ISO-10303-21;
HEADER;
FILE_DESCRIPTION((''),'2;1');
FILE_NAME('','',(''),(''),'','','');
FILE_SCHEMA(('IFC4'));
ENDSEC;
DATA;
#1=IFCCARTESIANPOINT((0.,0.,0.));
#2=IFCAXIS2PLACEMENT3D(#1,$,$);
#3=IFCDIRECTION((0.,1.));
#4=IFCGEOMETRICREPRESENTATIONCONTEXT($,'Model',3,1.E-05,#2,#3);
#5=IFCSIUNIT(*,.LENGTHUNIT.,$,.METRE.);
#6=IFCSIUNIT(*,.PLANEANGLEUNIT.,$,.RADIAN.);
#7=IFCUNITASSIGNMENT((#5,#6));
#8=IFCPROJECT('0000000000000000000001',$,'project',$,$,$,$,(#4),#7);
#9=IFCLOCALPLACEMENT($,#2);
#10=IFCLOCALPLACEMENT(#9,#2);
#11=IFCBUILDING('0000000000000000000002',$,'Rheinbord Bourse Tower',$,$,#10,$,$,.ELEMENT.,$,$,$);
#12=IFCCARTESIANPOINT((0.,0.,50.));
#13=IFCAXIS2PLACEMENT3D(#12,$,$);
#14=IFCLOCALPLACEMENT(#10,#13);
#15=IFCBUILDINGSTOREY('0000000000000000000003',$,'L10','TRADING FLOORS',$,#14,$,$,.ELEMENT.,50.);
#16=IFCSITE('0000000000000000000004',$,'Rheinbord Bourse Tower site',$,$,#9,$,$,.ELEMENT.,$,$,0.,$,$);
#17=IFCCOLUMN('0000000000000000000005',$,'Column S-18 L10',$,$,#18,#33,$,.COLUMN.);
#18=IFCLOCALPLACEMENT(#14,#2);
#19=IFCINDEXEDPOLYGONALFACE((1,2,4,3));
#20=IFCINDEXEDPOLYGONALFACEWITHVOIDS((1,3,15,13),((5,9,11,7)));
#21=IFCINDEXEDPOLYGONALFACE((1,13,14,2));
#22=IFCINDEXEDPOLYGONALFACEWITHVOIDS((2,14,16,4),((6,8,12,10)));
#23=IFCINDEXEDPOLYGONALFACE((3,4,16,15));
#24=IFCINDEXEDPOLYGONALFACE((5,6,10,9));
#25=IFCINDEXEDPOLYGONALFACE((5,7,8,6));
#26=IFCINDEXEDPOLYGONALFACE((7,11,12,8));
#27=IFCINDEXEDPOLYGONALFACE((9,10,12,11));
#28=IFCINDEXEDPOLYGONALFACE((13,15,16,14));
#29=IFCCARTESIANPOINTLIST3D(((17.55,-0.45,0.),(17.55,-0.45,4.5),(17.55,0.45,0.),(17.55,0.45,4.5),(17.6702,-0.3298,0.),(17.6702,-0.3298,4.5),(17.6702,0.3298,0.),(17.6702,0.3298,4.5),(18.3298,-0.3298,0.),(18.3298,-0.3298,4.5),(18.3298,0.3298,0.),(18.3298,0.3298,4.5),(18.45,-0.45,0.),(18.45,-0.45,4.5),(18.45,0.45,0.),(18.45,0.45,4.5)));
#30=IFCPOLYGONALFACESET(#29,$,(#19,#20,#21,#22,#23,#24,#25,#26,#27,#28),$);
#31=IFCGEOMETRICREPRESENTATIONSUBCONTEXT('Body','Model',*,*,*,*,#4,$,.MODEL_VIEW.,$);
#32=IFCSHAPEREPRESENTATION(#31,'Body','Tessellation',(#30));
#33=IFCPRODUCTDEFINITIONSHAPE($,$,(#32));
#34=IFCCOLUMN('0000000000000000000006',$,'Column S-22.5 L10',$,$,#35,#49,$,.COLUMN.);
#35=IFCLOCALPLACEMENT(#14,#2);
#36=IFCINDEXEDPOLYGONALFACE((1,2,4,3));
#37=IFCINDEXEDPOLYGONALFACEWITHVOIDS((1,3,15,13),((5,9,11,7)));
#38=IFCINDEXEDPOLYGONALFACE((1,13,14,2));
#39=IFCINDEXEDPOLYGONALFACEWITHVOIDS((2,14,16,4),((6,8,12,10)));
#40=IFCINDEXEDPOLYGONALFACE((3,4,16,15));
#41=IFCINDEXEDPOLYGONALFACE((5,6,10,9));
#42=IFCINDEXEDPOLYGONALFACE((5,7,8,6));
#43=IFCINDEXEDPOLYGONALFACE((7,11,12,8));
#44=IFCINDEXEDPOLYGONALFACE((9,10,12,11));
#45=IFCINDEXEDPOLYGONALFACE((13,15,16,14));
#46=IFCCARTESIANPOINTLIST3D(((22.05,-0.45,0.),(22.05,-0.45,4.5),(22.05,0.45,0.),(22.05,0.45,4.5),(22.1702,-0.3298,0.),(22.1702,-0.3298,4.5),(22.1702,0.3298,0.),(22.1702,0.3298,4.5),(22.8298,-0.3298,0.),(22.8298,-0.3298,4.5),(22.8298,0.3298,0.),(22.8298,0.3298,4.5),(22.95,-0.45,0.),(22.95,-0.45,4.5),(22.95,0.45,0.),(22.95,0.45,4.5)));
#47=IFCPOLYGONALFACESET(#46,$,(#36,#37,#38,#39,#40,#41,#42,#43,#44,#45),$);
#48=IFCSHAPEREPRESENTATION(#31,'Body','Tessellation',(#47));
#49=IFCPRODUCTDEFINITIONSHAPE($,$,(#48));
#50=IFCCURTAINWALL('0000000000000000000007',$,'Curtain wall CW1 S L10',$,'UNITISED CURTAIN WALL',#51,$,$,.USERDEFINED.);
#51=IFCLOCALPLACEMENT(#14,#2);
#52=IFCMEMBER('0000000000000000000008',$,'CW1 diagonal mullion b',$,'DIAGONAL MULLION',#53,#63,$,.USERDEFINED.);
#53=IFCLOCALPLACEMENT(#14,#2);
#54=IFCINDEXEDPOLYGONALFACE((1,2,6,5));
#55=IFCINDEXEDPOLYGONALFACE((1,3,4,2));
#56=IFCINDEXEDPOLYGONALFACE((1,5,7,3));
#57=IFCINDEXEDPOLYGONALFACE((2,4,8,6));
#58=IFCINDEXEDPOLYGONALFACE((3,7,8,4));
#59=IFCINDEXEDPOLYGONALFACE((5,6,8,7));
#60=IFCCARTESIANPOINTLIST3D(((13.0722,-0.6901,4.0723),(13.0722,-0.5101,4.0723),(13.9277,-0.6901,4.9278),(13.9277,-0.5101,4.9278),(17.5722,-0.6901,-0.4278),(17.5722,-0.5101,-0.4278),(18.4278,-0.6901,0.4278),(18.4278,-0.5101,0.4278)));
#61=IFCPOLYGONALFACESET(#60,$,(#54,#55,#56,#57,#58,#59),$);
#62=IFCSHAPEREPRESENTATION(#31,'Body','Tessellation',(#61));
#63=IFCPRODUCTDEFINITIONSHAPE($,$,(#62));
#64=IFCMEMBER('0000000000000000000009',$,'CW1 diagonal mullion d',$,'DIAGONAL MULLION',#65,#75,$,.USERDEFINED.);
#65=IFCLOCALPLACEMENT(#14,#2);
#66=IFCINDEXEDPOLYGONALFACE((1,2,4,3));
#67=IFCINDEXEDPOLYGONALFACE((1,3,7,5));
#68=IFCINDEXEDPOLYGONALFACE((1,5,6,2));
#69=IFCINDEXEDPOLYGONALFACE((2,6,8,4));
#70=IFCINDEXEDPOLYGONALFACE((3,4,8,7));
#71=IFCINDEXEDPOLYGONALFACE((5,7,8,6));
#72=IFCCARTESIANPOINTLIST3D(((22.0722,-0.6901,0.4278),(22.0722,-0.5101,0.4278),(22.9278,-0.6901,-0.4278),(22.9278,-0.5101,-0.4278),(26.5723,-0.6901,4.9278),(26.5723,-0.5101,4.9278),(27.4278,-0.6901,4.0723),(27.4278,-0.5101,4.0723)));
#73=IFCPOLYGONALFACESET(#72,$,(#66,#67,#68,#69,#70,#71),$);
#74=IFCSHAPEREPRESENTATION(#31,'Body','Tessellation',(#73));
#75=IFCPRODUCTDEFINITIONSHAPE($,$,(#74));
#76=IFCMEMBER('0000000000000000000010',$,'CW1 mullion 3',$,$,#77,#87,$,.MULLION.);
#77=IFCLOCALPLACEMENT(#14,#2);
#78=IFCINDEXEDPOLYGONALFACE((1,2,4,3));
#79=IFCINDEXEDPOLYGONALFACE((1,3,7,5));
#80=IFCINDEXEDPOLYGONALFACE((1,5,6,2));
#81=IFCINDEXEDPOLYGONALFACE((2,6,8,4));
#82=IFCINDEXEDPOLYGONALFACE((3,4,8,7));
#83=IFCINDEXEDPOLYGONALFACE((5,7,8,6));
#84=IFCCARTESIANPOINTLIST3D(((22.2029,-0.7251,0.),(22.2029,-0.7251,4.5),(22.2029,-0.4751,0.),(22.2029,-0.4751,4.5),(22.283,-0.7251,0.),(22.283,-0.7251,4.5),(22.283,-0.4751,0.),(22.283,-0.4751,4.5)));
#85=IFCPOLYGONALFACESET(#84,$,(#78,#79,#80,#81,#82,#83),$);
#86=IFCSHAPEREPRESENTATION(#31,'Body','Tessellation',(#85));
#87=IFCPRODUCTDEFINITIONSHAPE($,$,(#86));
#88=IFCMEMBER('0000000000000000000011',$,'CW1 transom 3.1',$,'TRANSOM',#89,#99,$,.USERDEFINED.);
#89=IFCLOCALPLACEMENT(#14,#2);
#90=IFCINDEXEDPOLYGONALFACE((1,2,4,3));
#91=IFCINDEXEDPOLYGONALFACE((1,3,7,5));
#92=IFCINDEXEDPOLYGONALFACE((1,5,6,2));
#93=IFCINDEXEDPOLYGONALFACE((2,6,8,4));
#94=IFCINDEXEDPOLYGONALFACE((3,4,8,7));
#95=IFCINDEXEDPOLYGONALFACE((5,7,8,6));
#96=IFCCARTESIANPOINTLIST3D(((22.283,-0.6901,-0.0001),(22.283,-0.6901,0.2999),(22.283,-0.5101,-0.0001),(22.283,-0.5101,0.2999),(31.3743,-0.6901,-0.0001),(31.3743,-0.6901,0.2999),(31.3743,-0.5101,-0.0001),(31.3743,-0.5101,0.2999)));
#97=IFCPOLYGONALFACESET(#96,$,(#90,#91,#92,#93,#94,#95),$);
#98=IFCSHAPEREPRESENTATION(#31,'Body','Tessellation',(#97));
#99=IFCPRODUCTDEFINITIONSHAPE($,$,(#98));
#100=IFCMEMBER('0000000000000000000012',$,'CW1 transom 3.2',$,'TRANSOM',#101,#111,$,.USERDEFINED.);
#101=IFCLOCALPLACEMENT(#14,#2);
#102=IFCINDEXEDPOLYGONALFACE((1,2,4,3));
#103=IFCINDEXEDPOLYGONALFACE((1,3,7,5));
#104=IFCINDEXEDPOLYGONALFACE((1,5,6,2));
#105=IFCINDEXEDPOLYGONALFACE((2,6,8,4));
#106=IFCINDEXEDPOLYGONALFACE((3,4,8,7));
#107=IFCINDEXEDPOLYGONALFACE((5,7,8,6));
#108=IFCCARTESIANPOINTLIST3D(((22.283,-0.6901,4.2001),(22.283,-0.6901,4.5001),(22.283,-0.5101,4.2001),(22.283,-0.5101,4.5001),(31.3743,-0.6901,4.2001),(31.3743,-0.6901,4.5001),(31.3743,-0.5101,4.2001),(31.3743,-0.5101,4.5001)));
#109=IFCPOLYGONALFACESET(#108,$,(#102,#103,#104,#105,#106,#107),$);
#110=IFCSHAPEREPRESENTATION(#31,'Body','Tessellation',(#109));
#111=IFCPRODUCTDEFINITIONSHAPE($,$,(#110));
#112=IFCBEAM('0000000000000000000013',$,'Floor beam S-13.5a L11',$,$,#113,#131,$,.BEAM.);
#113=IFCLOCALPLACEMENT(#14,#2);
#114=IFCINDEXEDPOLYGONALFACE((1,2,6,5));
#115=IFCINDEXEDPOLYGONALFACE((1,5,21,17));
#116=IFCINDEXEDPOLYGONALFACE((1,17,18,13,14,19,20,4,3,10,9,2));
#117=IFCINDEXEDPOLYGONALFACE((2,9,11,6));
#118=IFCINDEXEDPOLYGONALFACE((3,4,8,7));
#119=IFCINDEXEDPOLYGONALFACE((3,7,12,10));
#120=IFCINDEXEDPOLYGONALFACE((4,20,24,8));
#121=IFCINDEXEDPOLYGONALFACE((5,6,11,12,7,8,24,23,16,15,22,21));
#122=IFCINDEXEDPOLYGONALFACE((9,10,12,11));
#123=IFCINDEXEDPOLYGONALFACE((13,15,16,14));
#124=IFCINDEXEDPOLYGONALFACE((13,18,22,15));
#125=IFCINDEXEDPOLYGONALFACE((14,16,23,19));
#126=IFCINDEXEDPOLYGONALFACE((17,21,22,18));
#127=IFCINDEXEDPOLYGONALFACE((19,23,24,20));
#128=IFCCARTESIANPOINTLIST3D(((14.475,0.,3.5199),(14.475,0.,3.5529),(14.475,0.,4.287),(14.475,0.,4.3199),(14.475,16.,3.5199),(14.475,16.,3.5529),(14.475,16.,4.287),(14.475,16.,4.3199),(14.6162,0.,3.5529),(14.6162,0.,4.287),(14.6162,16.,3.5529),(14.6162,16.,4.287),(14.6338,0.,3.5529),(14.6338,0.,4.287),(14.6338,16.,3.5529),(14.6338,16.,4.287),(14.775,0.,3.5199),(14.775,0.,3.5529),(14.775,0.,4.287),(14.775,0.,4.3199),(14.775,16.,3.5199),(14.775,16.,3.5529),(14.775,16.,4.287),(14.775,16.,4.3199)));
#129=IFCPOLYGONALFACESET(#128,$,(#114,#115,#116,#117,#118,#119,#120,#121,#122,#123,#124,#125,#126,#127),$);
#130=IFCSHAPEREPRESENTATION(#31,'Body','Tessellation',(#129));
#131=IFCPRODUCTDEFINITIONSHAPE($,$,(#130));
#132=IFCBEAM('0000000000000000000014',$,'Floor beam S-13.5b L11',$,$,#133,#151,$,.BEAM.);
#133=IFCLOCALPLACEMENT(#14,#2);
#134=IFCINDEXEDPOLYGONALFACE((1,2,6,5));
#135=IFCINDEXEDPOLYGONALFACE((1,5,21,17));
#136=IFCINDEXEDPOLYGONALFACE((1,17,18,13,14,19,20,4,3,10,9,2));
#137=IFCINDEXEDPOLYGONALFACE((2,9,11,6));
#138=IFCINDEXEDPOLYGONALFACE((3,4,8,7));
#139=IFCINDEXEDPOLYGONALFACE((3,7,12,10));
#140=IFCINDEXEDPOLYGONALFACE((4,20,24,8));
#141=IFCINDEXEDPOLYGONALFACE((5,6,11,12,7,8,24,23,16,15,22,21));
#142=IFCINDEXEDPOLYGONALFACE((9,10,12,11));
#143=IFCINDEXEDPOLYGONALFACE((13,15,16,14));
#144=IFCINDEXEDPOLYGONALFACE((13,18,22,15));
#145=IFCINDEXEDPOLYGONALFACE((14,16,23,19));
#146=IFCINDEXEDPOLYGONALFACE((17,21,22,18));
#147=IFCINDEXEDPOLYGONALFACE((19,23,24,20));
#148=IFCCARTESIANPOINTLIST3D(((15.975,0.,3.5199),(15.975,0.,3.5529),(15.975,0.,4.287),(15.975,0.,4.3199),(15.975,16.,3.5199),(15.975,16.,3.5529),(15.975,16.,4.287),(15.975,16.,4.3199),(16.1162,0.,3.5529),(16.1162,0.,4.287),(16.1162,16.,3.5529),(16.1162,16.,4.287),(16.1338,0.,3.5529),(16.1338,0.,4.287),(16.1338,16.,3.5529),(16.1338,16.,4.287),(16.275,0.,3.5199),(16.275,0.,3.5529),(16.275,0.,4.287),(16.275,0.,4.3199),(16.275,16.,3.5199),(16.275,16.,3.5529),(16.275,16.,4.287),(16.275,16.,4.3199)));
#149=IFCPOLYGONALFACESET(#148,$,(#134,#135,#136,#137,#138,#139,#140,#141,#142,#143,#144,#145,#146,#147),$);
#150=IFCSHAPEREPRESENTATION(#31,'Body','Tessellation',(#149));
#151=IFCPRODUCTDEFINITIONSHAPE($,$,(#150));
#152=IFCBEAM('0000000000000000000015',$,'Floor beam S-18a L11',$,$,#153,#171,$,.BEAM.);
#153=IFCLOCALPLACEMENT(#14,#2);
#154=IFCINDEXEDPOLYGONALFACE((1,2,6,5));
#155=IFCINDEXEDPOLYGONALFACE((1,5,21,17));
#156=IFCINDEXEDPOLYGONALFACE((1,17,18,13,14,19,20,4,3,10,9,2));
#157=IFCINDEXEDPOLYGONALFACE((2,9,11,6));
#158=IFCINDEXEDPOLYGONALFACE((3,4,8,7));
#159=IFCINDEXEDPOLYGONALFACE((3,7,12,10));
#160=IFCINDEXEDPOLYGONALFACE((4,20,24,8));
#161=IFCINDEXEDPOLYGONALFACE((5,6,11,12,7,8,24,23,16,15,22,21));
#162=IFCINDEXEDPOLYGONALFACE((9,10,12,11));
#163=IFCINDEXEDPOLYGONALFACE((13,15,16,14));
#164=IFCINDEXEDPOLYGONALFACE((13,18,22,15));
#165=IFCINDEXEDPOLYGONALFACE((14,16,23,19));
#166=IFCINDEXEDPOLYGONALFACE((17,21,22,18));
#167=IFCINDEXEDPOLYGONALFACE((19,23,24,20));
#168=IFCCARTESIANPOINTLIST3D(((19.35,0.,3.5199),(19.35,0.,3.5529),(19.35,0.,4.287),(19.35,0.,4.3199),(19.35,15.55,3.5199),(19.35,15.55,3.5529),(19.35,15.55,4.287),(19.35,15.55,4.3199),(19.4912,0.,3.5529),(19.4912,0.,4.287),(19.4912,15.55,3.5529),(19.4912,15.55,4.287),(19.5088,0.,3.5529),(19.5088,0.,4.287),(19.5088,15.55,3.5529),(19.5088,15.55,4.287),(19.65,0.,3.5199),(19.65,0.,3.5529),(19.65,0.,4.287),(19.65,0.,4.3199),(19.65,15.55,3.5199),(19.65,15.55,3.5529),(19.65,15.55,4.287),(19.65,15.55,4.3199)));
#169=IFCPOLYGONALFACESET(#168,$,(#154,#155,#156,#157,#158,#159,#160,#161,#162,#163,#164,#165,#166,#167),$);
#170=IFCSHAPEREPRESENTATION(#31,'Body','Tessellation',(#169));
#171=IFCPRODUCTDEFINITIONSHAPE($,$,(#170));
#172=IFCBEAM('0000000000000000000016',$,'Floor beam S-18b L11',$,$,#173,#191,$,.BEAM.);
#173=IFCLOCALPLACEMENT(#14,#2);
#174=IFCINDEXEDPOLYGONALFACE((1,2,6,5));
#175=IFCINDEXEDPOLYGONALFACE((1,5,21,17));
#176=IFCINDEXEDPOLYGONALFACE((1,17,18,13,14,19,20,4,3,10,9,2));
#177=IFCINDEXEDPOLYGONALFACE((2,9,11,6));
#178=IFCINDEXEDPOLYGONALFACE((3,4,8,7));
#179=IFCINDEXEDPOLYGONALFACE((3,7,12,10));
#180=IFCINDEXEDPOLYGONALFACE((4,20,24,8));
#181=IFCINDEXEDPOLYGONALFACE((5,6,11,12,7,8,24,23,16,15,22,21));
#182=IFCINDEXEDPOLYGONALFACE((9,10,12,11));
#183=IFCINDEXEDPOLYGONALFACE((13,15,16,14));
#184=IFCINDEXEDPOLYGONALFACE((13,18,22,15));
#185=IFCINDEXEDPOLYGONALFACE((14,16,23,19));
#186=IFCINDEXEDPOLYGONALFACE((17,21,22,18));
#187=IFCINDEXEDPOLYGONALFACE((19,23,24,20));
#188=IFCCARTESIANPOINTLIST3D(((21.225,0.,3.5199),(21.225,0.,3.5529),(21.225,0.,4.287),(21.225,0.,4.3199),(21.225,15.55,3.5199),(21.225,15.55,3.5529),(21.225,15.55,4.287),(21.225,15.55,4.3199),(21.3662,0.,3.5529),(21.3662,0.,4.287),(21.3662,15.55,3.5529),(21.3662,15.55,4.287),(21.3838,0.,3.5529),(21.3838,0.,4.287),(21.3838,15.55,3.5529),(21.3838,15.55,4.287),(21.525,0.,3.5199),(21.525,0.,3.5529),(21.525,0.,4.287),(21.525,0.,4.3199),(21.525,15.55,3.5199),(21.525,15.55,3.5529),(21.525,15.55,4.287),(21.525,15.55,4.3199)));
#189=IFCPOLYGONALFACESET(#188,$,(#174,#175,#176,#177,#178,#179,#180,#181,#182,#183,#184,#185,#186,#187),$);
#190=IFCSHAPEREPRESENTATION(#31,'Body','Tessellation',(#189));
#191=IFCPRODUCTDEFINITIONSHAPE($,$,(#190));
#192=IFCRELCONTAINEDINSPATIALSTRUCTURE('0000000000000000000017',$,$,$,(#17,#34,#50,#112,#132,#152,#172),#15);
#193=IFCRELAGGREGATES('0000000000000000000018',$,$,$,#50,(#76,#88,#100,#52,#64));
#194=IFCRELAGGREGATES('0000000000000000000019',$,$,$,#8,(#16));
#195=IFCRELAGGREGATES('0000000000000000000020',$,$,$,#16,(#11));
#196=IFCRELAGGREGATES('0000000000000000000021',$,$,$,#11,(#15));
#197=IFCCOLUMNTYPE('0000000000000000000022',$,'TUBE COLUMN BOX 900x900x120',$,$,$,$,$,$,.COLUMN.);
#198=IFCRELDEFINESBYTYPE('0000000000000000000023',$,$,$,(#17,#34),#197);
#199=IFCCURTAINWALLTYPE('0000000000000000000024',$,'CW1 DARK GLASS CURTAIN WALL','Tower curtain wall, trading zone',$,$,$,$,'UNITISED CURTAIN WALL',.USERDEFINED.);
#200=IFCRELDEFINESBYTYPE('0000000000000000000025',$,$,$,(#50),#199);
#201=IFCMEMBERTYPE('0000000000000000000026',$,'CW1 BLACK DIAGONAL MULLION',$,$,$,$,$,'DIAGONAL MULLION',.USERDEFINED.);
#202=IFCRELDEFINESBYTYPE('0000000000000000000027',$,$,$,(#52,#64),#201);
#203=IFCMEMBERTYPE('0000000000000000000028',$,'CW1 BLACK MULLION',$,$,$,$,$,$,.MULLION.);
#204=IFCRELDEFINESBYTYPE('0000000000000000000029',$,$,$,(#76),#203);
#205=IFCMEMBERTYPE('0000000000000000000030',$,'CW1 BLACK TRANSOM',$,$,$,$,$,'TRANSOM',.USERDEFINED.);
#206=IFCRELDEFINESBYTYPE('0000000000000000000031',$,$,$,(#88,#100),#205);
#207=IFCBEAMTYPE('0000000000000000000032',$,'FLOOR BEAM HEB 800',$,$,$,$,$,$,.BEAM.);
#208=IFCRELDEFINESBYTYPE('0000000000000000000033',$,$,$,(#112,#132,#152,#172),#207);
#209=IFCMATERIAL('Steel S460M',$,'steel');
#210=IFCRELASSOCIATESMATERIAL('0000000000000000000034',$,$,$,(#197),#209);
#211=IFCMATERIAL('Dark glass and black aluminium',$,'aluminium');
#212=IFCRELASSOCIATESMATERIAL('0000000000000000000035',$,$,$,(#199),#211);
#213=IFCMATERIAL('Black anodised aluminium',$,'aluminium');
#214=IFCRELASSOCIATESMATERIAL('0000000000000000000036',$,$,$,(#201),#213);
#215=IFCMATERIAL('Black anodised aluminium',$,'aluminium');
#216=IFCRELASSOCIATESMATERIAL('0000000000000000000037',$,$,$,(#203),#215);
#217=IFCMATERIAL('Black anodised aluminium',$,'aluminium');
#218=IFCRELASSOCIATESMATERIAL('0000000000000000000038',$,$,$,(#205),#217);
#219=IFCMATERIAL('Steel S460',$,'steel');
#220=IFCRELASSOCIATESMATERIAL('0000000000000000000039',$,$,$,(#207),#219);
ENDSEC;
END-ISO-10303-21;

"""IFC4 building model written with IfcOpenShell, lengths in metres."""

from ifc_helpers import new_model, si_unit, direction, frame, origin, origin_2d, place, context, subcontext, project, spatial, rectangle, hollow_rectangle, i_section, extrude, material, material_profile, profile_set, type_object, element, aggregate, save


model = new_model("IFC4")

# Units and contexts
model_context = context("Model", 3, precision=1e-05, world=origin(), true_north=direction((0.0, 1.0)))
body_context = subcontext(model_context, "Body", "Model", "MODEL_VIEW")
ifc_project = project(units=[si_unit("LENGTHUNIT", "METRE"), si_unit("PLANEANGLEUNIT", "RADIAN")], contexts=[model_context])

# Site, building, storey
site_placement = place(None, origin())
site = spatial("IfcSite", under=ifc_project, at=site_placement, Name="Rheinbord Bourse Tower site", CompositionType="ELEMENT", RefElevation=0.0)
building_placement = place(site_placement, origin())
building = spatial("IfcBuilding", under=site, at=building_placement, Name="Rheinbord Bourse Tower", CompositionType="ELEMENT")
storey_placement = place(building_placement, frame((0.0, 0.0, 50.0)))
storey = spatial("IfcBuildingStorey", under=building, at=storey_placement, Name="L10", Description="TRADING FLOORS", CompositionType="ELEMENT", Elevation=50.0)

# Columns
ifc_material_1 = material(Name="Steel S460M", Category="steel")
ifc_material_profile_1 = material_profile(ifc_material_1, hollow_rectangle(XDim=0.8999, YDim=0.8999, WallThickness=0.1201, at=origin_2d()), Name="BOX 900x900x120")
ifc_profile_set_1 = profile_set([ifc_material_profile_1], Name="Steel S460M")
column_type = type_object("IfcColumnType", Name="TUBE COLUMN BOX 900x900x120", PredefinedType="COLUMN", material=ifc_profile_set_1)
for number, where, z_axis, x_axis, name in (
    (1, (18.0, 0.0, 0.0), (0.0, 0.0, 1.0), (0.0, 1.0, 0.0), "Column S-18 L10"),
    (2, (22.5, 0.0, 0.0), (0.0, 0.0, 1.0), (0.0, 1.0, 0.0), "Column S-22.5 L10"),
):
    element("IfcColumn", number, at=place(storey_placement, frame(where, z_axis=z_axis, x_axis=x_axis)), inside=storey, type_object=column_type, Name=name, PredefinedType="COLUMN", context=body_context, shape_type="SweptSolid", body=[
        extrude(hollow_rectangle(XDim=0.8999, YDim=0.8999, WallThickness=0.1201, at=origin_2d()), origin(), (0.0, 0.0, 1.0), 4.5),
    ])

# Curtain wall, members
ifc_material_2 = material(Name="Dark glass and black aluminium", Category="aluminium")
curtain_wall_type = type_object("IfcCurtainWallType", Name="CW1 DARK GLASS CURTAIN WALL", Description="Tower curtain wall, trading zone", ElementType="UNITISED CURTAIN WALL", PredefinedType="USERDEFINED", material=ifc_material_2)
curtain_wall_placement = place(storey_placement, origin())
curtain_wall = element("IfcCurtainWall", 3, at=curtain_wall_placement, inside=storey, type_object=curtain_wall_type, Name="Curtain wall CW1 S L10", ObjectType="UNITISED CURTAIN WALL", PredefinedType="USERDEFINED")
ifc_material_3 = material(Name="Black anodised aluminium", Category="aluminium")
ifc_material_profile_2 = material_profile(ifc_material_3, rectangle(XDim=0.1799, YDim=1.21, at=origin_2d()), Name="CW1 DIAGONAL MULLION 1210x180")
ifc_profile_set_2 = profile_set([ifc_material_profile_2], Name="Black anodised aluminium")
member_type_1 = type_object("IfcMemberType", Name="CW1 BLACK DIAGONAL MULLION", ElementType="DIAGONAL MULLION", PredefinedType="USERDEFINED", material=ifc_profile_set_2)
member_1_placement = place(storey_placement, frame((18.0, -0.6001, 0.0), z_axis=(-0.707107, 0.0, 0.707107), x_axis=(0.0, -1.0, 0.0)))
member_1 = element("IfcMember", 4, at=member_1_placement, type_object=member_type_1, Name="CW1 diagonal mullion b", ObjectType="DIAGONAL MULLION", PredefinedType="USERDEFINED", context=body_context, shape_type="SweptSolid", body=[
    extrude(rectangle(XDim=0.1799, YDim=1.21, at=origin_2d()), origin(), (0.0, 0.0, 1.0), 6.364),
])
member_2_placement = place(storey_placement, frame((22.5, -0.6001, 0.0), z_axis=(0.707107, 0.0, 0.707107), x_axis=(0.0, 1.0, 0.0)))
member_2 = element("IfcMember", 5, at=member_2_placement, type_object=member_type_1, Name="CW1 diagonal mullion d", ObjectType="DIAGONAL MULLION", PredefinedType="USERDEFINED", context=body_context, shape_type="SweptSolid", body=[
    extrude(rectangle(XDim=0.1799, YDim=1.21, at=origin_2d()), origin(), (0.0, 0.0, 1.0), 6.364),
])
ifc_material_4 = material(Name="Black anodised aluminium", Category="aluminium")
ifc_material_profile_3 = material_profile(ifc_material_4, rectangle(XDim=0.25, YDim=0.0801, at=origin_2d()), Name="CW1 MULLION 80x250")
ifc_profile_set_3 = profile_set([ifc_material_profile_3], Name="Black anodised aluminium")
member_type_2 = type_object("IfcMemberType", Name="CW1 BLACK MULLION", PredefinedType="MULLION", material=ifc_profile_set_3)
member_3_placement = place(storey_placement, frame((22.2429, -0.6001, 0.0), z_axis=(0.0, 0.0, 1.0), x_axis=(0.0, 1.0, 0.0)))
member_3 = element("IfcMember", 6, at=member_3_placement, type_object=member_type_2, Name="CW1 mullion 3", PredefinedType="MULLION", context=body_context, shape_type="SweptSolid", body=[
    extrude(rectangle(XDim=0.25, YDim=0.0801, at=origin_2d()), origin(), (0.0, 0.0, 1.0), 4.5),
])
ifc_material_5 = material(Name="Black anodised aluminium", Category="aluminium")
ifc_material_profile_4 = material_profile(ifc_material_5, rectangle(XDim=0.1799, YDim=0.3, at=origin_2d()), Name="CW1 TRANSOM 300x180")
ifc_profile_set_4 = profile_set([ifc_material_profile_4], Name="Black anodised aluminium")
member_type_3 = type_object("IfcMemberType", Name="CW1 BLACK TRANSOM", ElementType="TRANSOM", PredefinedType="USERDEFINED", material=ifc_profile_set_4)
member_4_placement = place(storey_placement, frame((22.283, -0.6001, 0.1499), z_axis=(1.0, 0.0, 0.0), x_axis=(0.0, 1.0, 0.0)))
member_4 = element("IfcMember", 7, at=member_4_placement, type_object=member_type_3, Name="CW1 transom 3.1", ObjectType="TRANSOM", PredefinedType="USERDEFINED", context=body_context, shape_type="SweptSolid", body=[
    extrude(rectangle(XDim=0.1799, YDim=0.3, at=origin_2d()), origin(), (0.0, 0.0, 1.0), 9.0913),
])
member_5_placement = place(storey_placement, frame((22.283, -0.6001, 4.3501), z_axis=(1.0, 0.0, 0.0), x_axis=(0.0, 1.0, 0.0)))
member_5 = element("IfcMember", 8, at=member_5_placement, type_object=member_type_3, Name="CW1 transom 3.2", ObjectType="TRANSOM", PredefinedType="USERDEFINED", context=body_context, shape_type="SweptSolid", body=[
    extrude(rectangle(XDim=0.1799, YDim=0.3, at=origin_2d()), origin(), (0.0, 0.0, 1.0), 9.0913),
])

# Beams
ifc_material_6 = material(Name="Steel S460", Category="steel")
ifc_material_profile_5 = material_profile(ifc_material_6, i_section(OverallWidth=0.3, OverallDepth=0.8, WebThickness=0.0176, FlangeThickness=0.033, at=origin_2d()), Name="HEB 800")
ifc_profile_set_5 = profile_set([ifc_material_profile_5], Name="Steel S460")
beam_type_1 = type_object("IfcBeamType", Name="FLOOR BEAM HEB 800", PredefinedType="BEAM", material=ifc_profile_set_5)
for number, where, z_axis, x_axis, name in (
    (9, (14.625, 0.0, 3.9199), (0.0, 1.0, 0.0), (-1.0, 0.0, 0.0), "Floor beam S-13.5a L11"),
    (10, (16.125, 0.0, 3.9199), (0.0, 1.0, 0.0), (-1.0, 0.0, 0.0), "Floor beam S-13.5b L11"),
):
    element("IfcBeam", number, at=place(storey_placement, frame(where, z_axis=z_axis, x_axis=x_axis)), inside=storey, type_object=beam_type_1, Name=name, PredefinedType="BEAM", context=body_context, shape_type="SweptSolid", body=[
        extrude(i_section(OverallWidth=0.3, OverallDepth=0.8, WebThickness=0.0176, FlangeThickness=0.033, at=origin_2d()), origin(), (0.0, 0.0, 1.0), 16.0),
    ])
for number, where, z_axis, x_axis, name in (
    (11, (19.5, 0.0, 3.9199), (0.0, 1.0, 0.0), (-1.0, 0.0, 0.0), "Floor beam S-18a L11"),
    (12, (21.375, 0.0, 3.9199), (0.0, 1.0, 0.0), (-1.0, 0.0, 0.0), "Floor beam S-18b L11"),
):
    element("IfcBeam", number, at=place(storey_placement, frame(where, z_axis=z_axis, x_axis=x_axis)), inside=storey, type_object=beam_type_1, Name=name, PredefinedType="BEAM", context=body_context, shape_type="SweptSolid", body=[
        extrude(i_section(OverallWidth=0.3, OverallDepth=0.8, WebThickness=0.0176, FlangeThickness=0.033, at=origin_2d()), origin(), (0.0, 0.0, 1.0), 15.55),
    ])

aggregate(curtain_wall, [member_3, member_4, member_5, member_1, member_2])

save(model, "model.ifc")
